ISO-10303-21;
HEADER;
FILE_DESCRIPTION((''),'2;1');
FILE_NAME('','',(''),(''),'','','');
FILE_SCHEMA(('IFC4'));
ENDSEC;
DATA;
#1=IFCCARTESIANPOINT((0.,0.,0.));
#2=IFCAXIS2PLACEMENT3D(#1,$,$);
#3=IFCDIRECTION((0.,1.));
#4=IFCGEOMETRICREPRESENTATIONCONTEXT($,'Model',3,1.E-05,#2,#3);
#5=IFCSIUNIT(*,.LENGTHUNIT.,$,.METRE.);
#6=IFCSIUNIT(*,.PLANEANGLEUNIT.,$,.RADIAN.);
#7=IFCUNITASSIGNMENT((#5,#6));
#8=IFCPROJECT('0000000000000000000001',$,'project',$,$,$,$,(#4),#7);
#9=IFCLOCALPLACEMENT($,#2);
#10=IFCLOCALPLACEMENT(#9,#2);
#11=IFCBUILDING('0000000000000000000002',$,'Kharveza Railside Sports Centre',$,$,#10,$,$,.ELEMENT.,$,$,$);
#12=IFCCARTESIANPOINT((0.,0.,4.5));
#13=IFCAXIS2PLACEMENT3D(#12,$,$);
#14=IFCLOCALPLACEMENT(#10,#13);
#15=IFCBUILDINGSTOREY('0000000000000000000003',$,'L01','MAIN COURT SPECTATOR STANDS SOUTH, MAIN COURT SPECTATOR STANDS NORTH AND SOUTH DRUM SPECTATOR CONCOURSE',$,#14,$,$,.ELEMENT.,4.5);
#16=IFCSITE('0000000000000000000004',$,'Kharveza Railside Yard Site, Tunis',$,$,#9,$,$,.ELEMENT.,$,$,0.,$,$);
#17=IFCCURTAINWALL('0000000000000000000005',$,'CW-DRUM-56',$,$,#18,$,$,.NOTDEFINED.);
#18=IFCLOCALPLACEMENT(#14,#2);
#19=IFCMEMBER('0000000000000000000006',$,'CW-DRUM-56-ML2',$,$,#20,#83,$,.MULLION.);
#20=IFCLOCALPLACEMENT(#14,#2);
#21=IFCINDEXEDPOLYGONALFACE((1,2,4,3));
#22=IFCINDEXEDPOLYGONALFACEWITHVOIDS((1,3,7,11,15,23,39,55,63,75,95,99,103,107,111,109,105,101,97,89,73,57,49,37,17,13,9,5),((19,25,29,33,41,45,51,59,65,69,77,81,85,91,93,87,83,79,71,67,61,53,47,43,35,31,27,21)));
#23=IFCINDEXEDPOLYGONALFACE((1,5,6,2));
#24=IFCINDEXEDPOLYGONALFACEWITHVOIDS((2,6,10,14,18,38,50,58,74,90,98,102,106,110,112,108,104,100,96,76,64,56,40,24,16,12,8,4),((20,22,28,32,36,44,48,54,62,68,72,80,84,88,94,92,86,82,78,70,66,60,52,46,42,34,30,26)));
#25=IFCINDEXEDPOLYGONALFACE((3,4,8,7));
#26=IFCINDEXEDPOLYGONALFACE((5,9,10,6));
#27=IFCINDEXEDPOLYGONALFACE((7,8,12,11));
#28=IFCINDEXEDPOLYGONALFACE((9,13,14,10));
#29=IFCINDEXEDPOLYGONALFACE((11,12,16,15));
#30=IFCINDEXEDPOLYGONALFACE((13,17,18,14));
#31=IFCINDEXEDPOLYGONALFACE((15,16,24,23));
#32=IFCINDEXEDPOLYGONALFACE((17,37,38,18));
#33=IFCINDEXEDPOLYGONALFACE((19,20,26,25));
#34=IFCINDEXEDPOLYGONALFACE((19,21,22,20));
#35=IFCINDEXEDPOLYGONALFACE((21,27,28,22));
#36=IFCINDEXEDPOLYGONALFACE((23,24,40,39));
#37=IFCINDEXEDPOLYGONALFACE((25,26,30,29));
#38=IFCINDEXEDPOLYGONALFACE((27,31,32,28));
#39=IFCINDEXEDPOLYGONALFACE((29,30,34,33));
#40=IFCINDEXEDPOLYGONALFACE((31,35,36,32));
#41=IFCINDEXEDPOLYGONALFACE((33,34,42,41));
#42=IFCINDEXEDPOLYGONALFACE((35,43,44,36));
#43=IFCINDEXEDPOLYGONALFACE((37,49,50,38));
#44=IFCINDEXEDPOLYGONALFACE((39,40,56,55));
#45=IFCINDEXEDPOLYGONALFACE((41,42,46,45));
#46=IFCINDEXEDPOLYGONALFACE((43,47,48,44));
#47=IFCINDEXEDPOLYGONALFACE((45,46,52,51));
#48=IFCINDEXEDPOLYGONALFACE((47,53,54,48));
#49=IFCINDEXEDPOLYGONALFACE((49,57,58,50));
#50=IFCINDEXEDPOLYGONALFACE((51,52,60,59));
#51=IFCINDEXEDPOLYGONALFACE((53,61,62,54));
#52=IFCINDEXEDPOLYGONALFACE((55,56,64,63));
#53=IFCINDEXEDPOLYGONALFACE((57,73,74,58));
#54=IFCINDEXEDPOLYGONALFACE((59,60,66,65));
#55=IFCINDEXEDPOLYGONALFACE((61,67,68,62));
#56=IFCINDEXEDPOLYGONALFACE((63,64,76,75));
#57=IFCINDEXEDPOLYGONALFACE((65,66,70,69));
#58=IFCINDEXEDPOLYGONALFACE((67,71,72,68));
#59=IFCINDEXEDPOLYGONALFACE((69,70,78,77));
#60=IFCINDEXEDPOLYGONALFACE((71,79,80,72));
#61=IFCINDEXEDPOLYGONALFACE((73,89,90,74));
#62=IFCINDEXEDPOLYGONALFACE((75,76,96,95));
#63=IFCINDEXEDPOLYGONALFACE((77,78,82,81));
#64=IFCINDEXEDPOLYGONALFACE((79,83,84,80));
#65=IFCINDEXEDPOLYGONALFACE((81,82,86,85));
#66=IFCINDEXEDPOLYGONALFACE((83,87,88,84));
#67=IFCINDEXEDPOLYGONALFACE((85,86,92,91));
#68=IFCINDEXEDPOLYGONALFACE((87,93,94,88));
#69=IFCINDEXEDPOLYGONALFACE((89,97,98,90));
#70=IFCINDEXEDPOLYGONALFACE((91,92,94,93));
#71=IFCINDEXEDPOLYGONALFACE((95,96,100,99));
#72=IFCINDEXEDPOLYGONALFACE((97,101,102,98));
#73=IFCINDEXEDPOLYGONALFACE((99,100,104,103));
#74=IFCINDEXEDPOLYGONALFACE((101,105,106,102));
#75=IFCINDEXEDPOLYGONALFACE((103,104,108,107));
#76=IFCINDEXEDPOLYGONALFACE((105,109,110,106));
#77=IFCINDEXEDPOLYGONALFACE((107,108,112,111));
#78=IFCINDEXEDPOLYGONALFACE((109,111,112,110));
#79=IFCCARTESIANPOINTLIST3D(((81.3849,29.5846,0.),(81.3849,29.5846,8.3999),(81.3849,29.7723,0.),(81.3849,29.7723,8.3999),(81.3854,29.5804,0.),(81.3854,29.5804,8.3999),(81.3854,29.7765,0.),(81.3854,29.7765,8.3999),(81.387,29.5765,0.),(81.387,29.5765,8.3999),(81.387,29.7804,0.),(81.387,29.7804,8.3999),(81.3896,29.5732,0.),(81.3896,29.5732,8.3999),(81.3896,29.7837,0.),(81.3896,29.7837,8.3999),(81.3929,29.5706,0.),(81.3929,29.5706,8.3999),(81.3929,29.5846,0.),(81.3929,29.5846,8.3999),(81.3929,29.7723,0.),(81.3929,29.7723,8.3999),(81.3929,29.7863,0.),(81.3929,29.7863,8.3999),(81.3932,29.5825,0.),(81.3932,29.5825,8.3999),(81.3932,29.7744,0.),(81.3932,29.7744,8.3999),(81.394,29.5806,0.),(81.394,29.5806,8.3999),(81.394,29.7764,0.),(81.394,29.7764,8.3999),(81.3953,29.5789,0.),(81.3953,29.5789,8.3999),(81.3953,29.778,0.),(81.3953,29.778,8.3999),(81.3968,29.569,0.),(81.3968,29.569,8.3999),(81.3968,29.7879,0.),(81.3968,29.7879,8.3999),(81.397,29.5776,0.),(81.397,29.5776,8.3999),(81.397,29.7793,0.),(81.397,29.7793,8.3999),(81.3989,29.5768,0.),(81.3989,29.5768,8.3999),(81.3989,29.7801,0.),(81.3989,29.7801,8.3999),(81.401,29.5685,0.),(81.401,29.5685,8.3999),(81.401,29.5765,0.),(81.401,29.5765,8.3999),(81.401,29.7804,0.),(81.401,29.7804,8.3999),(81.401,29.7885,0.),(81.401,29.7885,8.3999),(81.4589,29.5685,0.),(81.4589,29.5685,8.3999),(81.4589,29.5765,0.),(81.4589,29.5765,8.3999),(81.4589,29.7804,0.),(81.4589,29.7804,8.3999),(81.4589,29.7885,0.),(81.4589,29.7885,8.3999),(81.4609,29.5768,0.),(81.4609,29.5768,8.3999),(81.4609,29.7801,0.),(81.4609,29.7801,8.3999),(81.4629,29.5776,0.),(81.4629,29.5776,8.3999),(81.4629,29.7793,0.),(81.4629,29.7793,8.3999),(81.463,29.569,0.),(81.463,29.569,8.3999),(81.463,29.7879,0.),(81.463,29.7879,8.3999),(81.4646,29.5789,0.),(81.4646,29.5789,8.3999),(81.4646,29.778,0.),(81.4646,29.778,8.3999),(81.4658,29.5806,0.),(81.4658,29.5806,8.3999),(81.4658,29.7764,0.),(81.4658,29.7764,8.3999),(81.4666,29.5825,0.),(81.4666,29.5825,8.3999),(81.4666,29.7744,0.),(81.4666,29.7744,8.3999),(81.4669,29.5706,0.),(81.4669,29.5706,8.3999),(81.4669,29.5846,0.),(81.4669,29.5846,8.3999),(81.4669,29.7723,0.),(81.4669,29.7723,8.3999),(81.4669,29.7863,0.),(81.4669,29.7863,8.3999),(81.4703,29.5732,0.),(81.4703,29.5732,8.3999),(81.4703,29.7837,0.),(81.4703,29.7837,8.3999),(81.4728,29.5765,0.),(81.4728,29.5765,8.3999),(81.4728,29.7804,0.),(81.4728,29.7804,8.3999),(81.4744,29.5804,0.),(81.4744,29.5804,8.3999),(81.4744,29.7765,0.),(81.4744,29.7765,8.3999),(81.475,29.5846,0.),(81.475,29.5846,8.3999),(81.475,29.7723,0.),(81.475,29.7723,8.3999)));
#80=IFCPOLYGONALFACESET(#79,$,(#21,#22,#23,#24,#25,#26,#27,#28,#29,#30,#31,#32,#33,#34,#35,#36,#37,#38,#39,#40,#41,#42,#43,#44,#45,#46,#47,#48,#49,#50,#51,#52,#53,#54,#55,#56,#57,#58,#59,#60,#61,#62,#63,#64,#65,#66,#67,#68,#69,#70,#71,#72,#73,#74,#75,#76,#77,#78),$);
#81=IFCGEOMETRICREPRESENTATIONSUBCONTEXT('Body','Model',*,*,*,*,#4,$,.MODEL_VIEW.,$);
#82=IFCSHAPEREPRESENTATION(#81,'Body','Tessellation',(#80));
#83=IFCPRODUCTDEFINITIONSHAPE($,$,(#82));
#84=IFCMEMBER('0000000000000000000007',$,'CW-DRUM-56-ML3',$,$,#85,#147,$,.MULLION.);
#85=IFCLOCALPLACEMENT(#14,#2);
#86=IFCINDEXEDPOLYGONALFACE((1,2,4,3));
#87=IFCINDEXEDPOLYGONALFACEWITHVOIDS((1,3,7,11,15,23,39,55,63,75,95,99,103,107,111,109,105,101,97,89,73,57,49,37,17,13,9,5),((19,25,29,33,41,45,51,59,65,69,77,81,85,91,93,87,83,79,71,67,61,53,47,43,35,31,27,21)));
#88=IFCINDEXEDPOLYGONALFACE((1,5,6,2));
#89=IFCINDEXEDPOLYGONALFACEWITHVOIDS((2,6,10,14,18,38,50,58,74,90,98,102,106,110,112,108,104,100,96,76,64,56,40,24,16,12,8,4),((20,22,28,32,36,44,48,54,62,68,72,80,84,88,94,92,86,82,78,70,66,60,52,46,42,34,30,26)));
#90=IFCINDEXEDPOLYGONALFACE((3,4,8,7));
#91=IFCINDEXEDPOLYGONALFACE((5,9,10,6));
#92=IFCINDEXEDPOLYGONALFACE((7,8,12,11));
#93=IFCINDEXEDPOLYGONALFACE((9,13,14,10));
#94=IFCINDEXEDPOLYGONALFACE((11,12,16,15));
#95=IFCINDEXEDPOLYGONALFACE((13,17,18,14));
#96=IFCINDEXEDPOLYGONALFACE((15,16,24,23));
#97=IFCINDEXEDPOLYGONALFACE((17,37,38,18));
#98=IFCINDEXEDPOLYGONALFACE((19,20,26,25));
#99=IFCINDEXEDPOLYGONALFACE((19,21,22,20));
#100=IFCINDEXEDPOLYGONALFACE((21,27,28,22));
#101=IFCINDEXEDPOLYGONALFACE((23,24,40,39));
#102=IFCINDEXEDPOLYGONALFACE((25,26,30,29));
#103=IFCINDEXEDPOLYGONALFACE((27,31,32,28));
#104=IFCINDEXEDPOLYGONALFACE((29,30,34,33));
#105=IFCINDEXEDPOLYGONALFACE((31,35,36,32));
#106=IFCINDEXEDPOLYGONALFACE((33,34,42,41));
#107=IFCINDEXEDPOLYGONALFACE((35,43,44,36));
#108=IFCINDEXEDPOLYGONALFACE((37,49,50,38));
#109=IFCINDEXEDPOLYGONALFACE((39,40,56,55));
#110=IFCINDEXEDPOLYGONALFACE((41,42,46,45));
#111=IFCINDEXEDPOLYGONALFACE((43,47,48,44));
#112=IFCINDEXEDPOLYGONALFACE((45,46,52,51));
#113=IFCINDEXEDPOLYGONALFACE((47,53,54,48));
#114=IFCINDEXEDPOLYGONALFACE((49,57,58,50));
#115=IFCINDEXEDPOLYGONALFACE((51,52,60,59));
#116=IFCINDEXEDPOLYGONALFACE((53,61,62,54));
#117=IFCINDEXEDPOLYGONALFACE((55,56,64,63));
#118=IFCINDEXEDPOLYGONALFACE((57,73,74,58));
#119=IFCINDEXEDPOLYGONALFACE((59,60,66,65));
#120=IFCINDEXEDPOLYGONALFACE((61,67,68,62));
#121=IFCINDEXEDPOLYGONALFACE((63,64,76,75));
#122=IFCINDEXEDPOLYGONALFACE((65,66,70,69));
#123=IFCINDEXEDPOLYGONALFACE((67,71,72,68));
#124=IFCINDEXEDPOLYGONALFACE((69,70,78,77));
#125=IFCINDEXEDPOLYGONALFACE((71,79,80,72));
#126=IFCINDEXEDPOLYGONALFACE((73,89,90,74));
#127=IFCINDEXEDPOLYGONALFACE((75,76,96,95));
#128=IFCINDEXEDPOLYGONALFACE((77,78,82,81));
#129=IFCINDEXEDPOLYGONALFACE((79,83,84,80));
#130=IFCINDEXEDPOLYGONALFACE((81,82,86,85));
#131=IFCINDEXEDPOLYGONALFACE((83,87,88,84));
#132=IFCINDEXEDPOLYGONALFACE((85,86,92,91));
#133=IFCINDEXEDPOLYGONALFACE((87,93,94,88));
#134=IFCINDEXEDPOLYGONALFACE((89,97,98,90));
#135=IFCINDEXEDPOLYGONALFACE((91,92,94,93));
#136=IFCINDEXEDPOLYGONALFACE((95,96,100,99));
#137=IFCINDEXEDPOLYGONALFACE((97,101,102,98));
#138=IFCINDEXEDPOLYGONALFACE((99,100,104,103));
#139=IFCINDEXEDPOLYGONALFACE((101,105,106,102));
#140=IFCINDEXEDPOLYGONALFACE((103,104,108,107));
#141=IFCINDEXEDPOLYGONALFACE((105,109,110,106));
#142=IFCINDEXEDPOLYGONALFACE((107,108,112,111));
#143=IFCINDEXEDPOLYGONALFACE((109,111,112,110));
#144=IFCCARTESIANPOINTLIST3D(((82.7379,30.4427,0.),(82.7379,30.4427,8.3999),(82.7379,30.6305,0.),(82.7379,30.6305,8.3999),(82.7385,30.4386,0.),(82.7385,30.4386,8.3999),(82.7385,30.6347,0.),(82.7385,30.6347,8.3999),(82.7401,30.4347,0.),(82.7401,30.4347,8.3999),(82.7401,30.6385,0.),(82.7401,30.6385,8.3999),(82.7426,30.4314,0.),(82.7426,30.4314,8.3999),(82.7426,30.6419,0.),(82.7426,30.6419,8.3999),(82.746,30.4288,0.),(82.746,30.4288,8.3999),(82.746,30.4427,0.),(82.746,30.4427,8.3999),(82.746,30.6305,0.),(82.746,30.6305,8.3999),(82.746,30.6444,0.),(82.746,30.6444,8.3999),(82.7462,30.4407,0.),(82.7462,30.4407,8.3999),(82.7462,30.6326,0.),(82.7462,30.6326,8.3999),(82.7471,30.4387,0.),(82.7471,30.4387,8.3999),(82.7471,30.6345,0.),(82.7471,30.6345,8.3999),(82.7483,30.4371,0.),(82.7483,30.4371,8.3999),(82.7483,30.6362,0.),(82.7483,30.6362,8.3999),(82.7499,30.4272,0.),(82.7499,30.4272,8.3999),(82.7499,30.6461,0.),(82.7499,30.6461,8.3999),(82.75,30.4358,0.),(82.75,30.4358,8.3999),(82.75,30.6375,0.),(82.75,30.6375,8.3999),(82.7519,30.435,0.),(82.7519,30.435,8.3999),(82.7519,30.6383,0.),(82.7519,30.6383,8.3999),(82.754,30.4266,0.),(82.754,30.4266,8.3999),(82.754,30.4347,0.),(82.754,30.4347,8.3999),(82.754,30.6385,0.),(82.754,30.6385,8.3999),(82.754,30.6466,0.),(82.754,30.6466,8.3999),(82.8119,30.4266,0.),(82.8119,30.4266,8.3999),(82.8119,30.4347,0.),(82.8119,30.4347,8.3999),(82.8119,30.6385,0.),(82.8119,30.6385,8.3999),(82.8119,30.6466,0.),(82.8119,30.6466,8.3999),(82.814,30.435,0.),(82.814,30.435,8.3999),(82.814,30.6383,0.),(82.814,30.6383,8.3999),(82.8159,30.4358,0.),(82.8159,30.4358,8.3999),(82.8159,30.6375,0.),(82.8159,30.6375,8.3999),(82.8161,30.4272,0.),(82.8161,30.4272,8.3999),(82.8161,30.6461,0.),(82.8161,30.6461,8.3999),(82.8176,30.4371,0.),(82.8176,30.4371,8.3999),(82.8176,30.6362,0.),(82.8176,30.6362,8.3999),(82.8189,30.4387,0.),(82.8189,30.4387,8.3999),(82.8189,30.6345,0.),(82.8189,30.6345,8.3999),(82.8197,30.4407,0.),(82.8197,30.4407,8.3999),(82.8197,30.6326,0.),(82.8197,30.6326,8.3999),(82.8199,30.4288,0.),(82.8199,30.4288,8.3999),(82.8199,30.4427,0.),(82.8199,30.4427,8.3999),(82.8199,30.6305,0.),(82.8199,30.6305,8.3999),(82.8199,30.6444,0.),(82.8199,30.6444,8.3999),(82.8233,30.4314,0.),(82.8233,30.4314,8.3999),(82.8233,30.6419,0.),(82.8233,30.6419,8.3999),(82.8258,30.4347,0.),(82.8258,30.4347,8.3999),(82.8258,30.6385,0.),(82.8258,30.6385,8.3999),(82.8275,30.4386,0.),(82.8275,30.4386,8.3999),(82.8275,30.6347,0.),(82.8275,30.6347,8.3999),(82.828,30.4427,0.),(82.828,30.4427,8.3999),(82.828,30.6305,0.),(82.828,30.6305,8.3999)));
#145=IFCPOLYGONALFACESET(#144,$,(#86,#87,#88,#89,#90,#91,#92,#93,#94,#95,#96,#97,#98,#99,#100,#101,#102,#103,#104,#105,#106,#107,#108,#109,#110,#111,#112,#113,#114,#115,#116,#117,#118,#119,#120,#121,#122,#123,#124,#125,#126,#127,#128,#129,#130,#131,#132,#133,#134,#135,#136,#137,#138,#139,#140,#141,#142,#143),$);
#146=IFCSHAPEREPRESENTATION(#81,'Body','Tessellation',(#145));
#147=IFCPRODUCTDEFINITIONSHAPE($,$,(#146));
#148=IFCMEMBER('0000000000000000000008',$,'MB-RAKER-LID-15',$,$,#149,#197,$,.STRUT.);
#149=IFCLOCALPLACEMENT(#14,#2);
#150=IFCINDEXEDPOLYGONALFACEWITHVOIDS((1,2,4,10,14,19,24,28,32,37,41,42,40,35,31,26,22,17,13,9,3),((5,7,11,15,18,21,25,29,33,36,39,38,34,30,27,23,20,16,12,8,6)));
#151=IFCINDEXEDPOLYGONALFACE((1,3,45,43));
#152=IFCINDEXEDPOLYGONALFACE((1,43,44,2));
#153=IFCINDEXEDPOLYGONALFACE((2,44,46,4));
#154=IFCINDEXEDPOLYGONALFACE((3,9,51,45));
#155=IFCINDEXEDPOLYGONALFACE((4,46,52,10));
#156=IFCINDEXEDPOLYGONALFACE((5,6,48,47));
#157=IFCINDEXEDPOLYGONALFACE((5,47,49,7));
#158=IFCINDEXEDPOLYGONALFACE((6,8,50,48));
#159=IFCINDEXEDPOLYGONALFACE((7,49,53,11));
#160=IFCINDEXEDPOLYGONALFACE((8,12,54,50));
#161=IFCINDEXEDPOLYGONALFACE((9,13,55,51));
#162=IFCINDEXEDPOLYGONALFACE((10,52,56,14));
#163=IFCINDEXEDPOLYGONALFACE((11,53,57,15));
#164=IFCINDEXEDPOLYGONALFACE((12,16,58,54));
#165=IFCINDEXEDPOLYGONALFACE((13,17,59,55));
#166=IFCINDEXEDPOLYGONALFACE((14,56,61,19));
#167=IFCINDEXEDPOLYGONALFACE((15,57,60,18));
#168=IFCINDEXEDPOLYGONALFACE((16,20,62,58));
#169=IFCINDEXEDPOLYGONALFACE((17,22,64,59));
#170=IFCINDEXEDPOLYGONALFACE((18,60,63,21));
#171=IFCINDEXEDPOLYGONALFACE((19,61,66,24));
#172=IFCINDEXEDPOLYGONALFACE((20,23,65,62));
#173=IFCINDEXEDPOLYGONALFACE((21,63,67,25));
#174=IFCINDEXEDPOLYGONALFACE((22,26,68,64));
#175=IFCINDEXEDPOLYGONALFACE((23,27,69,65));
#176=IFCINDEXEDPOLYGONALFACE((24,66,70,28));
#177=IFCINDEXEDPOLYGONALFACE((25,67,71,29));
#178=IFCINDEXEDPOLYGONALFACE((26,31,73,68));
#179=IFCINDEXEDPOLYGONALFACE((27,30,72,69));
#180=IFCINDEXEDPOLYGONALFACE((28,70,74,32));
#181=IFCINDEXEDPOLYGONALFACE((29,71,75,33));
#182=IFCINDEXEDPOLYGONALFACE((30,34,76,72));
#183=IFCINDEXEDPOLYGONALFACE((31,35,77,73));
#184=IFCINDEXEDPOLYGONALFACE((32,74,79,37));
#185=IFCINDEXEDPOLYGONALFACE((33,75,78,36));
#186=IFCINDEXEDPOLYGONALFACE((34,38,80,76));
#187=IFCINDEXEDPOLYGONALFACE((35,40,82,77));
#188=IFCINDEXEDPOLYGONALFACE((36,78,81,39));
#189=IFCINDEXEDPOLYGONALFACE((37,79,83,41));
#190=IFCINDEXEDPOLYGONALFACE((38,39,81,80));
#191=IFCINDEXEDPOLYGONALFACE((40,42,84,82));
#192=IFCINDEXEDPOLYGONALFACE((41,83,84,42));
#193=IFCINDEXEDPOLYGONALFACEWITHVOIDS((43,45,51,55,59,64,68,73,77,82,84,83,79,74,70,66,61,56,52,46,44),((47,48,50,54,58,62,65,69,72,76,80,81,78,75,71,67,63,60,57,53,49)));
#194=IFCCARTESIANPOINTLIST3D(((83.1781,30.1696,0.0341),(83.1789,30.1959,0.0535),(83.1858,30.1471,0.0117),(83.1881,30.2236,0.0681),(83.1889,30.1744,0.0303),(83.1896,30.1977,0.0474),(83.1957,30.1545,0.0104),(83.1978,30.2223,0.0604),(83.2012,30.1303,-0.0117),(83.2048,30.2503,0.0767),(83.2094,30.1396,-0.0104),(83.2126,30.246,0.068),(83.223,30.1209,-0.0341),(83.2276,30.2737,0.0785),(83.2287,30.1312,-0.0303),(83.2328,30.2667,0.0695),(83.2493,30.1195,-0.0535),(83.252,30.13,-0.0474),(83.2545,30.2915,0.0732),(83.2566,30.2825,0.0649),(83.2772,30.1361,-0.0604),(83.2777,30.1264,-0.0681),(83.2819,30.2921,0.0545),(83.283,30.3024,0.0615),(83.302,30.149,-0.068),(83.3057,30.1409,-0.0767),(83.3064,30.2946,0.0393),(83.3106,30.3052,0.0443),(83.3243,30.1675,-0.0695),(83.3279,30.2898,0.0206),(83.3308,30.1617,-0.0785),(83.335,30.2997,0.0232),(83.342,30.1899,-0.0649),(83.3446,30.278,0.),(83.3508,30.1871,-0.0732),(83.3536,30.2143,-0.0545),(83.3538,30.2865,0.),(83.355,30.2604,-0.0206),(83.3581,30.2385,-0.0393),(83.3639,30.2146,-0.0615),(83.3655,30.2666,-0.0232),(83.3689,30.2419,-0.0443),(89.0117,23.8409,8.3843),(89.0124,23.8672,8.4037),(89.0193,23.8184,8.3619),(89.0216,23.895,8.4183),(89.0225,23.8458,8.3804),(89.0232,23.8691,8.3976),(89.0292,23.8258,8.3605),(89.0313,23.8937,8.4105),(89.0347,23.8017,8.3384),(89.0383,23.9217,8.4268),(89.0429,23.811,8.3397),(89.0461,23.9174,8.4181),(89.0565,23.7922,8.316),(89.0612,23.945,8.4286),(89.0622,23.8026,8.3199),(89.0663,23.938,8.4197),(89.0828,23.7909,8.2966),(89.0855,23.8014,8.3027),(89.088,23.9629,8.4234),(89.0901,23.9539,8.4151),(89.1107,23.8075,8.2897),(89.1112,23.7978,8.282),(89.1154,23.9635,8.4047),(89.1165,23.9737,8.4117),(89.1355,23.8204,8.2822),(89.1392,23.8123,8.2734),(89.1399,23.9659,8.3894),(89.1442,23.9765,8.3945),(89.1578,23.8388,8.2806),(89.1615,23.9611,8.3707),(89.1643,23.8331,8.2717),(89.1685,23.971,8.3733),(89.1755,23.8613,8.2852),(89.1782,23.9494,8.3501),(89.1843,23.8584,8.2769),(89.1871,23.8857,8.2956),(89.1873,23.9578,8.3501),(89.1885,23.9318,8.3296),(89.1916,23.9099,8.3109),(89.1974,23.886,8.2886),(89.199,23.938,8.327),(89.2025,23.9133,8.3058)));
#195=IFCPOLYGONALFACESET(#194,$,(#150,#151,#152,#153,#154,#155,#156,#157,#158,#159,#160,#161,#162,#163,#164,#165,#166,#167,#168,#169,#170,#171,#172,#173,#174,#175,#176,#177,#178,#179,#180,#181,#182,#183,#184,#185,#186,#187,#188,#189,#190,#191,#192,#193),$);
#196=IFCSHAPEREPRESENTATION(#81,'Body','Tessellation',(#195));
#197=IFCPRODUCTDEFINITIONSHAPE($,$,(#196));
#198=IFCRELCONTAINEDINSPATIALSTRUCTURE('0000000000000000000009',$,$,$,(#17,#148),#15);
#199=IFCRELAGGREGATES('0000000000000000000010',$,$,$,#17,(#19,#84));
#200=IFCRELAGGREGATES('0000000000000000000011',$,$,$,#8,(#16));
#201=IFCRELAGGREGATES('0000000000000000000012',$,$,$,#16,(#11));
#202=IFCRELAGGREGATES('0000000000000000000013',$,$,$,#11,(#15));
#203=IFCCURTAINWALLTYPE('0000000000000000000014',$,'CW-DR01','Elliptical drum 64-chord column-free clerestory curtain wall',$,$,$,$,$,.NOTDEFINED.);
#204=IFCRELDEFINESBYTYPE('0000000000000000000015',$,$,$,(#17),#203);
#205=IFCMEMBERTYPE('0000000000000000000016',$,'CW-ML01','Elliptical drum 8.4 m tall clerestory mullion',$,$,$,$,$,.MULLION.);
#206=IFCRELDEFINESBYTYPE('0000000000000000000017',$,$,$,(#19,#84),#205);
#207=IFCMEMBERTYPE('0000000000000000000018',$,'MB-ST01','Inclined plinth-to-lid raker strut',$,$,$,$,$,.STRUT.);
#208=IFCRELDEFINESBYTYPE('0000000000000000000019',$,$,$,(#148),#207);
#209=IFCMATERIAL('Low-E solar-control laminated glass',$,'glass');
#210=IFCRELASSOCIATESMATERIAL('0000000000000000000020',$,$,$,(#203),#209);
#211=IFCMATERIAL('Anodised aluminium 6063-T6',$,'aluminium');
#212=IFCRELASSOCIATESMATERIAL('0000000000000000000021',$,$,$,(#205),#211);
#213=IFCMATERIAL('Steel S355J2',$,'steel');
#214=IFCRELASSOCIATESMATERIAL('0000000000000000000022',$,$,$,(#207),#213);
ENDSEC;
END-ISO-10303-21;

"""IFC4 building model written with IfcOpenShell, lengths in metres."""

from ifc_helpers import new_model, si_unit, direction, frame, origin, origin_2d, place, context, subcontext, project, spatial, hollow_rectangle, hollow_circle, extrude, material, material_profile, profile_set, type_object, element, aggregate, save


model = new_model("IFC4")

# Units and contexts
model_context = context("Model", 3, precision=1e-05, world=origin(), true_north=direction((0.0, 1.0)))
body_context = subcontext(model_context, "Body", "Model", "MODEL_VIEW")
ifc_project = project(units=[si_unit("LENGTHUNIT", "METRE"), si_unit("PLANEANGLEUNIT", "RADIAN")], contexts=[model_context])

# Site, building, storey
site_placement = place(None, origin())
site = spatial("IfcSite", under=ifc_project, at=site_placement, Name="Kharveza Railside Yard Site, Tunis", CompositionType="ELEMENT", RefElevation=0.0)
building_placement = place(site_placement, origin())
building = spatial("IfcBuilding", under=site, at=building_placement, Name="Kharveza Railside Sports Centre", CompositionType="ELEMENT")
storey_placement = place(building_placement, frame((0.0, 0.0, 4.5)))
storey = spatial("IfcBuildingStorey", under=building, at=storey_placement, Name="L01", Description="MAIN COURT SPECTATOR STANDS SOUTH, MAIN COURT SPECTATOR STANDS NORTH AND SOUTH DRUM SPECTATOR CONCOURSE", CompositionType="ELEMENT", Elevation=4.5)

# Shared definitions
ifc_material_1 = material(Name="Steel S355J2", Category="steel")

# Curtain wall, members
ifc_material_2 = material(Name="Low-E solar-control laminated glass", Category="glass")
curtain_wall_type = type_object("IfcCurtainWallType", Name="CW-DR01", Description="Elliptical drum 64-chord column-free clerestory curtain wall", PredefinedType="NOTDEFINED", material=ifc_material_2)
curtain_wall_placement = place(storey_placement, origin())
curtain_wall = element("IfcCurtainWall", 1, at=curtain_wall_placement, inside=storey, type_object=curtain_wall_type, Name="CW-DRUM-56", PredefinedType="NOTDEFINED")
ifc_material_3 = material(Name="Anodised aluminium 6063-T6", Category="aluminium")
ifc_material_profile_1 = material_profile(ifc_material_3, hollow_rectangle(XDim=0.0901, YDim=0.22, WallThickness=0.0081, InnerFilletRadius=0.0081, OuterFilletRadius=0.0161, at=origin_2d()), Name="RHS 90x220x8.0")
ifc_profile_set_1 = profile_set([ifc_material_profile_1], Name="Anodised aluminium 6063-T6")
member_type_1 = type_object("IfcMemberType", Name="CW-ML01", Description="Elliptical drum 8.4 m tall clerestory mullion", PredefinedType="MULLION", material=ifc_profile_set_1)
member_1_placement = place(storey_placement, frame((81.4299, 29.6785, 0.0), z_axis=(0.0, 0.0, 1.0), x_axis=(1.0, 0.0, 0.0)))
member_1 = element("IfcMember", 2, at=member_1_placement, type_object=member_type_1, Name="CW-DRUM-56-ML2", PredefinedType="MULLION", context=body_context, shape_type="SweptSolid", body=[
    extrude(hollow_rectangle(XDim=0.0901, YDim=0.22, WallThickness=0.0081, InnerFilletRadius=0.0081, OuterFilletRadius=0.0161, at=origin_2d()), origin(), (0.0, 0.0, 1.0), 8.3999),
])
member_2_placement = place(storey_placement, frame((82.783, 30.5366, 0.0), z_axis=(0.0, 0.0, 1.0), x_axis=(1.0, 0.0, 0.0)))
member_2 = element("IfcMember", 3, at=member_2_placement, type_object=member_type_1, Name="CW-DRUM-56-ML3", PredefinedType="MULLION", context=body_context, shape_type="SweptSolid", body=[
    extrude(hollow_rectangle(XDim=0.0901, YDim=0.22, WallThickness=0.0081, InnerFilletRadius=0.0081, OuterFilletRadius=0.0161, at=origin_2d()), origin(), (0.0, 0.0, 1.0), 8.3999),
])

# Member
ifc_material_profile_2 = material_profile(ifc_material_1, hollow_circle(Radius=0.1096, WallThickness=0.0125, at=origin_2d()), Name="CHS 219.1x12.5")
ifc_profile_set_2 = profile_set([ifc_material_profile_2], Name="Steel S355J2")
member_type_2 = type_object("IfcMemberType", Name="MB-ST01", Description="Inclined plinth-to-lid raker strut", PredefinedType="STRUT", material=ifc_profile_set_2)
member_3_placement = place(storey_placement, frame((83.2732, 30.2122, 0.0), z_axis=(0.486454, -0.527742, 0.696313), x_axis=(0.735284, 0.677759, 0.0)))
element("IfcMember", 4, at=member_3_placement, inside=storey, type_object=member_type_2, Name="MB-RAKER-LID-15", PredefinedType="STRUT", context=body_context, shape_type="SweptSolid", body=[
    extrude(hollow_circle(Radius=0.1096, WallThickness=0.0125, at=origin_2d()), origin(), (0.0, 0.0, 1.0), 11.9919),
])

aggregate(curtain_wall, [member_1, member_2])

save(model, "model.ifc")
